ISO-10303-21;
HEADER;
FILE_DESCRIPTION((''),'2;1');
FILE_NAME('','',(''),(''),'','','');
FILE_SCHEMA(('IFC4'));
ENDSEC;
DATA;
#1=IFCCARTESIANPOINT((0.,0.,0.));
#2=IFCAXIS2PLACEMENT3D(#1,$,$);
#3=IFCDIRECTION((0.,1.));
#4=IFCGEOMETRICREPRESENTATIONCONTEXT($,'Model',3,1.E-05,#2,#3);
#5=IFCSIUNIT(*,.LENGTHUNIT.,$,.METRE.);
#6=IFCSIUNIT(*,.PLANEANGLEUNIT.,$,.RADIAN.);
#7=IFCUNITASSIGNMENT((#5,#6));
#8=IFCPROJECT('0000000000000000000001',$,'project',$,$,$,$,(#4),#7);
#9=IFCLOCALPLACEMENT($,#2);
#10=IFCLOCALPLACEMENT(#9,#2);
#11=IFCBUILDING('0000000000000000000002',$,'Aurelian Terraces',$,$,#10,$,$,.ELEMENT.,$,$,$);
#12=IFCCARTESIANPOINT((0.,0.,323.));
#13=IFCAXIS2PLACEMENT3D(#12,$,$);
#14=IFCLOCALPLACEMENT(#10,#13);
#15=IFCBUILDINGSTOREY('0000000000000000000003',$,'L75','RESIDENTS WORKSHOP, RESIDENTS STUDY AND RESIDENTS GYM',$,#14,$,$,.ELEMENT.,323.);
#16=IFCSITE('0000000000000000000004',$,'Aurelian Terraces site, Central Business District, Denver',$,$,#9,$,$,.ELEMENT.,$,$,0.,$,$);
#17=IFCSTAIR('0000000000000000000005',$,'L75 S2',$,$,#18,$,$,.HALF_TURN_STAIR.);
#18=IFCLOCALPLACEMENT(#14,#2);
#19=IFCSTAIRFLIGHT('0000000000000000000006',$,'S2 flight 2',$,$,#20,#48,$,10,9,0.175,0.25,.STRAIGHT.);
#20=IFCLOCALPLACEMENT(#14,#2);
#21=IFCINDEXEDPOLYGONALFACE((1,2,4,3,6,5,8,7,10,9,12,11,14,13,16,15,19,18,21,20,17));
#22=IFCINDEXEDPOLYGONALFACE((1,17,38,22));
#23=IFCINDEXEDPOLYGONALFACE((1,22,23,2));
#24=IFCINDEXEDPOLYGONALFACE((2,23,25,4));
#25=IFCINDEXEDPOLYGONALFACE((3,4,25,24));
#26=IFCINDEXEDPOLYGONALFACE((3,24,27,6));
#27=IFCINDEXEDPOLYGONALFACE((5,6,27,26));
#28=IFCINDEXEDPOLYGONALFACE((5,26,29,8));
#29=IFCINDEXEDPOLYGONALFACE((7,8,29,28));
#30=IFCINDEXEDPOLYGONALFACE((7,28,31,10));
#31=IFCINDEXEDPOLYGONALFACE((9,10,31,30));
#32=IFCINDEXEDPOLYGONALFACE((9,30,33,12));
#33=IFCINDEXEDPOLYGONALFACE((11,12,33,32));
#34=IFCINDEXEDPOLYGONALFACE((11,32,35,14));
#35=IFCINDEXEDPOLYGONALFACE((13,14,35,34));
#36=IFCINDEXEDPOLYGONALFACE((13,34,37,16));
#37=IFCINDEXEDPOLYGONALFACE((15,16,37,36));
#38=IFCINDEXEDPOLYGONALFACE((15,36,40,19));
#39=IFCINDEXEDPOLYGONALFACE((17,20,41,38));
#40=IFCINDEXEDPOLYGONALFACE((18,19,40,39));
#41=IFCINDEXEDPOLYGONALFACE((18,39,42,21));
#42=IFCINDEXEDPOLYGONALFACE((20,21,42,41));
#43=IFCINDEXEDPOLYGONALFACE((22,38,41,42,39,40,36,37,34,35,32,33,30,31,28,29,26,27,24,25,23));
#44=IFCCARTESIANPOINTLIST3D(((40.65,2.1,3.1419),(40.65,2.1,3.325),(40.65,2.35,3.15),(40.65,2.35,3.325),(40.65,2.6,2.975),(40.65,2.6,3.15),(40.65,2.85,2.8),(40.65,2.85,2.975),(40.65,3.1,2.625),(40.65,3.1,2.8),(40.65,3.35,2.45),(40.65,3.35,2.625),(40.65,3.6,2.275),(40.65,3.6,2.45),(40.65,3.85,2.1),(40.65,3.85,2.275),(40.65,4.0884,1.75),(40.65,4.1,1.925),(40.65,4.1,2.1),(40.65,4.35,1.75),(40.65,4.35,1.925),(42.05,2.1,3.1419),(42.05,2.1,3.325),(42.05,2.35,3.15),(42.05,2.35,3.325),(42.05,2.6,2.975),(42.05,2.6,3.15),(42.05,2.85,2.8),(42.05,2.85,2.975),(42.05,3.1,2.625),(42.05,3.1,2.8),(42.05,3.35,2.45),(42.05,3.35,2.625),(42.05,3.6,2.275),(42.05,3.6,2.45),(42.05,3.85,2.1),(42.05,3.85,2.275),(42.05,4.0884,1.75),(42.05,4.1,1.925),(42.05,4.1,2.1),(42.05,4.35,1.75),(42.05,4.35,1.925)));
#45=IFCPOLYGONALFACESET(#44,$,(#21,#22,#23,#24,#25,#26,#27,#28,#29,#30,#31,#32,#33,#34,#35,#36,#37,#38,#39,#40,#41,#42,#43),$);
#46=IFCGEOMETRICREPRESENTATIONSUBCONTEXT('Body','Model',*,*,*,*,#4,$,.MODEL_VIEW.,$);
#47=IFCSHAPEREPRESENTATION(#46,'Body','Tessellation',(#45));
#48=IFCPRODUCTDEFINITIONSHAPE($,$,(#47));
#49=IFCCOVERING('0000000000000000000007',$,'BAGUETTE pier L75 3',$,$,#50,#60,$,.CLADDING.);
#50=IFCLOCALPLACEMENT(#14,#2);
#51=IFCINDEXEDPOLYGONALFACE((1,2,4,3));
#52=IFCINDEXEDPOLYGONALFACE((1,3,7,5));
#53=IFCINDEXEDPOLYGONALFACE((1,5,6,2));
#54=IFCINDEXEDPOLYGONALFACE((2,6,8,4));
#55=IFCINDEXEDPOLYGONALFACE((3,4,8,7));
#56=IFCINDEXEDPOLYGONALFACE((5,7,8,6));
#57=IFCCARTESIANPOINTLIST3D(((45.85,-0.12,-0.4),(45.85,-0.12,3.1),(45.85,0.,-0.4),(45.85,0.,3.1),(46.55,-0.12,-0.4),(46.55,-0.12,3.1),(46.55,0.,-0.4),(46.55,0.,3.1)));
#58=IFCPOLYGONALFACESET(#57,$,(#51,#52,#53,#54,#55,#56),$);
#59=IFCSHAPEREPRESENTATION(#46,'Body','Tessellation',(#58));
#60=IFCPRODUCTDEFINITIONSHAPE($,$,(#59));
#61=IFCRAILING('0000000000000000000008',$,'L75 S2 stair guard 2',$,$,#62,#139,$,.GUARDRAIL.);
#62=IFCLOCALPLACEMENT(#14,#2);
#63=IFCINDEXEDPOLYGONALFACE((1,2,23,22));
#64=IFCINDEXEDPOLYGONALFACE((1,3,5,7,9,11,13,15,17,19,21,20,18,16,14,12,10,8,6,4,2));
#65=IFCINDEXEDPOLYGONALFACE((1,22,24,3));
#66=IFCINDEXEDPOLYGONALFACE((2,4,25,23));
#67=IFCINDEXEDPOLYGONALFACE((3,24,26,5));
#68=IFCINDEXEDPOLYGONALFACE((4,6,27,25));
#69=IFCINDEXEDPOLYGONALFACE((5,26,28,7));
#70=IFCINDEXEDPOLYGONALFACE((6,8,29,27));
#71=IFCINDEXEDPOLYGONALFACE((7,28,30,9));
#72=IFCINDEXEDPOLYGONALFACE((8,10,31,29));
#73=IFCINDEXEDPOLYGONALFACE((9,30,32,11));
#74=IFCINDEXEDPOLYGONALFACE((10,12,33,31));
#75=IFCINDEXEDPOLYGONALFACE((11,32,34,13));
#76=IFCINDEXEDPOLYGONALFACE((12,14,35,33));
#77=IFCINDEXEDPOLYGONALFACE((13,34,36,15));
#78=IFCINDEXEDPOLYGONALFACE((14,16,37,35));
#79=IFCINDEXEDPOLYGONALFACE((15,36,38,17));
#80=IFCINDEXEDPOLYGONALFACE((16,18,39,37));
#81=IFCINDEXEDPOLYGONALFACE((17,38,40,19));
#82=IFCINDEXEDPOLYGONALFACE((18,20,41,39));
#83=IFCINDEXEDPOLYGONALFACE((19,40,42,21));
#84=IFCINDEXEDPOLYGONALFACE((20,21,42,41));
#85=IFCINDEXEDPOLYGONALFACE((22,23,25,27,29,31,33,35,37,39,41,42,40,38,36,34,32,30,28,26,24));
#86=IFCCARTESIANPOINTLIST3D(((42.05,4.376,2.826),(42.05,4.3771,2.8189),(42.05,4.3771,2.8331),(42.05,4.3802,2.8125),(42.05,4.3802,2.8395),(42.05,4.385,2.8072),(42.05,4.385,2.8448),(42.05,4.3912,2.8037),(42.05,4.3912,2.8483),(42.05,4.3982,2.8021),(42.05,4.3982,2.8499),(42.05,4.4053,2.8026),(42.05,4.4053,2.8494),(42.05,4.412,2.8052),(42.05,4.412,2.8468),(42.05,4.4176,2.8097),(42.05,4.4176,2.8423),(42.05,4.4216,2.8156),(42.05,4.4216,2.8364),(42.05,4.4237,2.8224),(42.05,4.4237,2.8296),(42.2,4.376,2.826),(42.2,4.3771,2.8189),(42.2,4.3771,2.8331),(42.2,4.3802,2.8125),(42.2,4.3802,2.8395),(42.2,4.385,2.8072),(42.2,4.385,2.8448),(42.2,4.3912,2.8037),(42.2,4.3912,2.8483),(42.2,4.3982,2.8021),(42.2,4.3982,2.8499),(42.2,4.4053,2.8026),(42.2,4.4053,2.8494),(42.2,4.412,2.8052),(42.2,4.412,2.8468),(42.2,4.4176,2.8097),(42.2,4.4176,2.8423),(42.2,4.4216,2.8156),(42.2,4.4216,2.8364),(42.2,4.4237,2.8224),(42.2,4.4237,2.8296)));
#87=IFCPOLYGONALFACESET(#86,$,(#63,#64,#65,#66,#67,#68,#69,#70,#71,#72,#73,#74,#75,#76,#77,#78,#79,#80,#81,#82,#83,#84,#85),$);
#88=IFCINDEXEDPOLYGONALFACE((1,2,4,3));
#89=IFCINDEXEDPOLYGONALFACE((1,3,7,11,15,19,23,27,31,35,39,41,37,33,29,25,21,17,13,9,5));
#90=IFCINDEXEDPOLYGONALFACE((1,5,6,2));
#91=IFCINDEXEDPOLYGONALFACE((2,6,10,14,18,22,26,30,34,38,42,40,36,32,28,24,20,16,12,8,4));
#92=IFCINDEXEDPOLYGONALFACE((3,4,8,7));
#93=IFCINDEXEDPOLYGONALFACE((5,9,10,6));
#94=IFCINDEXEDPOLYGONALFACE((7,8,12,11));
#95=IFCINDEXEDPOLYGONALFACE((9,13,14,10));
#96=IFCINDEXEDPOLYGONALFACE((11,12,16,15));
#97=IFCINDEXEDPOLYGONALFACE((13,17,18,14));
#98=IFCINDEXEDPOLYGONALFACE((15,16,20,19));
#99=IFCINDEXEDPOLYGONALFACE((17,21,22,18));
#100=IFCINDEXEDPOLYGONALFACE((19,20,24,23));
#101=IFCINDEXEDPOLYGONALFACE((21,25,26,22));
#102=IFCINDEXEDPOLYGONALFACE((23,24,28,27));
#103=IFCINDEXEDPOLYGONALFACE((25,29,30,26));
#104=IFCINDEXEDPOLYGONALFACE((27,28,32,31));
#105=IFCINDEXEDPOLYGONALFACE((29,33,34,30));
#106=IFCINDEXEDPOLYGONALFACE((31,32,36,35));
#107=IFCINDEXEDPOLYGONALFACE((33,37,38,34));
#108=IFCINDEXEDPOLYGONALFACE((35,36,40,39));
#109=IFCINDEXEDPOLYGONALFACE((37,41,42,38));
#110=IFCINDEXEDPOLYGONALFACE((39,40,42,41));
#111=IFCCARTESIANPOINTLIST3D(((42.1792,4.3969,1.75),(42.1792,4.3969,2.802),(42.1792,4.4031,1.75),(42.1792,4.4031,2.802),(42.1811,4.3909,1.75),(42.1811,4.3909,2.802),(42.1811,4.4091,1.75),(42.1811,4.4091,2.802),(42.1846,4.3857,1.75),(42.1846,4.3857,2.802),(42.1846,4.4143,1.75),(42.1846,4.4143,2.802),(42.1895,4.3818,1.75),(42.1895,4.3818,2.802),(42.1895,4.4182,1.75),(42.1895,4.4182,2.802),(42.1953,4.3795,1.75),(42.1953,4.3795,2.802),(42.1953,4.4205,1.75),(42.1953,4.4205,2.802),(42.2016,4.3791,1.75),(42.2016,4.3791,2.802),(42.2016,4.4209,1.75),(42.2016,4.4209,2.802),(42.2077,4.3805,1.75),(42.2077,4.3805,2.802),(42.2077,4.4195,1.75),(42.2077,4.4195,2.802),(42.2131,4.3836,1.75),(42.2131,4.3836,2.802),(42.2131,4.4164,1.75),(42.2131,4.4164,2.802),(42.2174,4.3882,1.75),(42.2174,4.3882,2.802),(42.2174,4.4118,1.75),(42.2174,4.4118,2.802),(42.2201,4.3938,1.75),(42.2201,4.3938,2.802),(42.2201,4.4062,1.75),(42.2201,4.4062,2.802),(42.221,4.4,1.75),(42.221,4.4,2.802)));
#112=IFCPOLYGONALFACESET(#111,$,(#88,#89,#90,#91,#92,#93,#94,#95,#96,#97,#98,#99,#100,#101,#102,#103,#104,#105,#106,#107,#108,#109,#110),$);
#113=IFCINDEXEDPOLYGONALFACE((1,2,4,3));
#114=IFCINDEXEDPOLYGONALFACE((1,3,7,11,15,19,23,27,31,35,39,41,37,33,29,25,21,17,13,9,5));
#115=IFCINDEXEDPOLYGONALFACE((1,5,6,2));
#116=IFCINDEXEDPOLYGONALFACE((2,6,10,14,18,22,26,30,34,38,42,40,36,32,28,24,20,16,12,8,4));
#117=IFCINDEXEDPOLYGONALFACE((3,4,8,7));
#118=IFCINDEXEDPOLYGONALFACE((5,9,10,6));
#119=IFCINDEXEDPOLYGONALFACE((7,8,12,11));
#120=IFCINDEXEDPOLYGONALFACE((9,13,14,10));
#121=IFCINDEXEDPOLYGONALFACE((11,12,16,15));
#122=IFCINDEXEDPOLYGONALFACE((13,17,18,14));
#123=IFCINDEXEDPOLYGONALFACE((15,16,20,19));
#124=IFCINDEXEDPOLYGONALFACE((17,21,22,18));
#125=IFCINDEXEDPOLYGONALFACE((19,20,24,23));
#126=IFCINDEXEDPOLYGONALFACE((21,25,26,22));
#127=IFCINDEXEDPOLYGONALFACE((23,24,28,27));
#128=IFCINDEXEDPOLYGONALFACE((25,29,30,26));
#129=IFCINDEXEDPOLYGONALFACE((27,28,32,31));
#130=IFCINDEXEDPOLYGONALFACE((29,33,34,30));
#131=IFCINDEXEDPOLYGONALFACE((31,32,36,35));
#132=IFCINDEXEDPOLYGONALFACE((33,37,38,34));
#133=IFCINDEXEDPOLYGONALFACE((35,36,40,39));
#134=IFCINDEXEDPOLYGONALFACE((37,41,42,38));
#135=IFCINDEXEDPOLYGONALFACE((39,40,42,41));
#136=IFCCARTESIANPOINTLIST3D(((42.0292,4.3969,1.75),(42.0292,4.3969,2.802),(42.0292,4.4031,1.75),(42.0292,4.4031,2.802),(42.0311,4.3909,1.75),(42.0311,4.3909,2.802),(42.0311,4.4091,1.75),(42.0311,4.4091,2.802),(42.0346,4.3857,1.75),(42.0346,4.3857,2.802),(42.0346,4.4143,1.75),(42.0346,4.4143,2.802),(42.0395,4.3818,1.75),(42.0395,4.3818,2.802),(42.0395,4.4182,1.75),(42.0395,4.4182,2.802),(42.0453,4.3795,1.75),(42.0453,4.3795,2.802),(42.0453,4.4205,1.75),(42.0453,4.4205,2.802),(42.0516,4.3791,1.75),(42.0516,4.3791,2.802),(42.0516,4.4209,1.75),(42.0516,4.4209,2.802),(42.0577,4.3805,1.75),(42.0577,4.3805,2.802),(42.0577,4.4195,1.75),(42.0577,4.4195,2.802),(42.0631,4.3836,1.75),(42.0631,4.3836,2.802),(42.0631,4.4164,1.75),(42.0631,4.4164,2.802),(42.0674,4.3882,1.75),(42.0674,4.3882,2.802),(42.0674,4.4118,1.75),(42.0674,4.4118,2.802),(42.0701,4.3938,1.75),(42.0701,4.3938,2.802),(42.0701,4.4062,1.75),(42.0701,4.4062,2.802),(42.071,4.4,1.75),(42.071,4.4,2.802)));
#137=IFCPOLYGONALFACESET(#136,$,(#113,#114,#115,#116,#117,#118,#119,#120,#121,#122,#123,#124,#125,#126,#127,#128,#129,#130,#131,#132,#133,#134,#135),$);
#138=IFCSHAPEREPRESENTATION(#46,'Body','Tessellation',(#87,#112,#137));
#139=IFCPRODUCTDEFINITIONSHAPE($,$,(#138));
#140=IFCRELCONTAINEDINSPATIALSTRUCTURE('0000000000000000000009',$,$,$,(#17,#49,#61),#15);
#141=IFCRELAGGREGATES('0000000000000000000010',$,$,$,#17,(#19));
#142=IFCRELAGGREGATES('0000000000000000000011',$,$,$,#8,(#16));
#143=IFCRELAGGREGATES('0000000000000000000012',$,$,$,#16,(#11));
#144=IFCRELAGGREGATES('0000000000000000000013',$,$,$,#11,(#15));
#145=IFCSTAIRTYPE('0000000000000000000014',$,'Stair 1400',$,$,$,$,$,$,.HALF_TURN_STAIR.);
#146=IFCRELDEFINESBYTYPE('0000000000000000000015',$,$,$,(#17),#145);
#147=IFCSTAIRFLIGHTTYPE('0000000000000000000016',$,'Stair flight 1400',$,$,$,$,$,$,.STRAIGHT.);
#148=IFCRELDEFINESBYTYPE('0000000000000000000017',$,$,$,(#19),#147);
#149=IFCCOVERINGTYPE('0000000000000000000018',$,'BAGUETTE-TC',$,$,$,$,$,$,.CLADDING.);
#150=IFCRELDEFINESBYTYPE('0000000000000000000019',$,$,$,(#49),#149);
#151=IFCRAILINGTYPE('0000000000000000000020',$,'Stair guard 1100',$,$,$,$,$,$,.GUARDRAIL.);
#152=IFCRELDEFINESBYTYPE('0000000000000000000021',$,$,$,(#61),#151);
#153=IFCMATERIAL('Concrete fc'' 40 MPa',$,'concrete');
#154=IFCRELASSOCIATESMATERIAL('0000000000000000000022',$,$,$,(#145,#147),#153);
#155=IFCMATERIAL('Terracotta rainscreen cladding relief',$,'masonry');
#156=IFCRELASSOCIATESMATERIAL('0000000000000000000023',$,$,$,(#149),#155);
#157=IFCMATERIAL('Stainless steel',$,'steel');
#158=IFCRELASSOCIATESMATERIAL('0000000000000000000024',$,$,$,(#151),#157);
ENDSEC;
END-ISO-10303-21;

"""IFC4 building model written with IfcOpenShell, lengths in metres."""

from ifc_helpers import new_model, si_unit, direction, frame, origin, origin_2d, place, context, subcontext, project, spatial, polyline, rectangle, circle, outline, extrude, source, transform, mapped, material, type_object, element, aggregate, save


model = new_model("IFC4")

# Units and contexts
model_context = context("Model", 3, precision=1e-05, world=origin(), true_north=direction((0.0, 1.0)))
body_context = subcontext(model_context, "Body", "Model", "MODEL_VIEW")
ifc_project = project(units=[si_unit("LENGTHUNIT", "METRE"), si_unit("PLANEANGLEUNIT", "RADIAN")], contexts=[model_context])

# Site, building, storey
site_placement = place(None, origin())
site = spatial("IfcSite", under=ifc_project, at=site_placement, Name="Aurelian Terraces site, Central Business District, Denver", CompositionType="ELEMENT", RefElevation=0.0)
building_placement = place(site_placement, origin())
building = spatial("IfcBuilding", under=site, at=building_placement, Name="Aurelian Terraces", CompositionType="ELEMENT")
storey_placement = place(building_placement, frame((0.0, 0.0, 323.0)))
storey = spatial("IfcBuildingStorey", under=building, at=storey_placement, Name="L75", Description="RESIDENTS WORKSHOP, RESIDENTS STUDY AND RESIDENTS GYM", CompositionType="ELEMENT", Elevation=323.0)

# Shared definitions
ifc_material_1 = material(Name="Concrete fc' 40 MPa", Category="concrete")

# Stair, stair flight
stair_type = type_object("IfcStairType", Name="Stair 1400", PredefinedType="HALF_TURN_STAIR", material=ifc_material_1)
stair_placement = place(storey_placement, origin())
stair = element("IfcStair", 1, at=stair_placement, inside=storey, type_object=stair_type, Name="L75 S2", PredefinedType="HALF_TURN_STAIR")
stair_flight_type = type_object("IfcStairFlightType", Name="Stair flight 1400", PredefinedType="STRAIGHT", material=ifc_material_1)
shared_shape_1 = source(origin(), body_context, "Body", "SweptSolid", [
    extrude(outline(polyline([(0.0, 0.0), (0.0, 0.175), (0.25, 0.175), (0.25, 0.35), (0.5, 0.35), (0.5, 0.525), (0.75, 0.525), (0.75, 0.7), (1.0, 0.7), (1.0, 0.875), (1.25, 0.875), (1.25, 1.05), (1.5, 1.05), (1.5, 1.225), (1.75, 1.225), (1.75, 1.4), (2.0, 1.4), (2.0, 1.575), (2.25, 1.575), (2.25, 1.75), (2.25, 1.3919), (0.2616, 0.0), (0.0, 0.0)])), frame((0.0, 0.7, 0.0), z_axis=(0.0, -1.0, 0.0), x_axis=(1.0, 0.0, 0.0)), (0.0, 0.0, 1.0), 1.4),
])
stair_flight_1_placement = place(storey_placement, frame((41.35, 4.35, 1.75), z_axis=(0.0, 0.0, 1.0), x_axis=(0.0, -1.0, 0.0)))
stair_flight_1 = element("IfcStairFlight", 2, at=stair_flight_1_placement, type_object=stair_flight_type, Name="S2 flight 2", NumberOfRisers=10, NumberOfTreads=9, PredefinedType="STRAIGHT", RiserHeight=0.175, TreadLength=0.25, context=body_context, shape_type="MappedRepresentation", body=[
    mapped(shared_shape_1, transform((0.0, 0.0, 0.0), scale=1.0)),
])
aggregate(stair, [stair_flight_1])

# Covering
ifc_material_2 = material(Name="Terracotta rainscreen cladding relief", Category="masonry")
covering_type = type_object("IfcCoveringType", Name="BAGUETTE-TC", PredefinedType="CLADDING", material=ifc_material_2)
shared_shape_2 = source(origin(), body_context, "Body", "SweptSolid", [
    extrude(rectangle(XDim=0.7, YDim=0.12, at=origin_2d()), origin(), (0.0, 0.0, 1.0), 3.5),
])
covering_placement = place(storey_placement, frame((46.2, -0.06, -0.4), z_axis=(0.0, 0.0, 1.0), x_axis=(1.0, 0.0, 0.0)))
element("IfcCovering", 3, at=covering_placement, inside=storey, type_object=covering_type, Name="BAGUETTE pier L75 3", PredefinedType="CLADDING", context=body_context, shape_type="MappedRepresentation", body=[
    mapped(shared_shape_2, transform((0.0, 0.0, 0.0), scale=1.0)),
])

# Railing
ifc_material_3 = material(Name="Stainless steel", Category="steel")
railing_type_1 = type_object("IfcRailingType", Name="Stair guard 1100", PredefinedType="GUARDRAIL", material=ifc_material_3)
shared_shape_3 = source(origin(), body_context, "Body", "SweptSolid", [
    extrude(circle(Radius=0.024, at=origin_2d()), frame((0.0, 0.0, 1.076), z_axis=(-1.0, 0.0, 0.0), x_axis=(0.0, -1.0, 0.0)), (0.0, 0.0, 1.0), 0.15),
    extrude(circle(Radius=0.021, at=origin_2d()), origin(), (0.0, 0.0, 1.0), 1.052),
    extrude(circle(Radius=0.021, at=origin_2d()), frame((-0.15, 0.0, 0.0)), (0.0, 0.0, 1.0), 1.052),
])
for number, where, name in (
    (4, (42.2, 4.4, 1.75), "L75 S2 stair guard 2"),
):
    element("IfcRailing", number, at=place(storey_placement, frame(where)), inside=storey, type_object=railing_type_1, Name=name, PredefinedType="GUARDRAIL", context=body_context, shape_type="MappedRepresentation", body=[
        mapped(shared_shape_3, transform((0.0, 0.0, 0.0), scale=1.0)),
    ])

save(model, "model.ifc")
